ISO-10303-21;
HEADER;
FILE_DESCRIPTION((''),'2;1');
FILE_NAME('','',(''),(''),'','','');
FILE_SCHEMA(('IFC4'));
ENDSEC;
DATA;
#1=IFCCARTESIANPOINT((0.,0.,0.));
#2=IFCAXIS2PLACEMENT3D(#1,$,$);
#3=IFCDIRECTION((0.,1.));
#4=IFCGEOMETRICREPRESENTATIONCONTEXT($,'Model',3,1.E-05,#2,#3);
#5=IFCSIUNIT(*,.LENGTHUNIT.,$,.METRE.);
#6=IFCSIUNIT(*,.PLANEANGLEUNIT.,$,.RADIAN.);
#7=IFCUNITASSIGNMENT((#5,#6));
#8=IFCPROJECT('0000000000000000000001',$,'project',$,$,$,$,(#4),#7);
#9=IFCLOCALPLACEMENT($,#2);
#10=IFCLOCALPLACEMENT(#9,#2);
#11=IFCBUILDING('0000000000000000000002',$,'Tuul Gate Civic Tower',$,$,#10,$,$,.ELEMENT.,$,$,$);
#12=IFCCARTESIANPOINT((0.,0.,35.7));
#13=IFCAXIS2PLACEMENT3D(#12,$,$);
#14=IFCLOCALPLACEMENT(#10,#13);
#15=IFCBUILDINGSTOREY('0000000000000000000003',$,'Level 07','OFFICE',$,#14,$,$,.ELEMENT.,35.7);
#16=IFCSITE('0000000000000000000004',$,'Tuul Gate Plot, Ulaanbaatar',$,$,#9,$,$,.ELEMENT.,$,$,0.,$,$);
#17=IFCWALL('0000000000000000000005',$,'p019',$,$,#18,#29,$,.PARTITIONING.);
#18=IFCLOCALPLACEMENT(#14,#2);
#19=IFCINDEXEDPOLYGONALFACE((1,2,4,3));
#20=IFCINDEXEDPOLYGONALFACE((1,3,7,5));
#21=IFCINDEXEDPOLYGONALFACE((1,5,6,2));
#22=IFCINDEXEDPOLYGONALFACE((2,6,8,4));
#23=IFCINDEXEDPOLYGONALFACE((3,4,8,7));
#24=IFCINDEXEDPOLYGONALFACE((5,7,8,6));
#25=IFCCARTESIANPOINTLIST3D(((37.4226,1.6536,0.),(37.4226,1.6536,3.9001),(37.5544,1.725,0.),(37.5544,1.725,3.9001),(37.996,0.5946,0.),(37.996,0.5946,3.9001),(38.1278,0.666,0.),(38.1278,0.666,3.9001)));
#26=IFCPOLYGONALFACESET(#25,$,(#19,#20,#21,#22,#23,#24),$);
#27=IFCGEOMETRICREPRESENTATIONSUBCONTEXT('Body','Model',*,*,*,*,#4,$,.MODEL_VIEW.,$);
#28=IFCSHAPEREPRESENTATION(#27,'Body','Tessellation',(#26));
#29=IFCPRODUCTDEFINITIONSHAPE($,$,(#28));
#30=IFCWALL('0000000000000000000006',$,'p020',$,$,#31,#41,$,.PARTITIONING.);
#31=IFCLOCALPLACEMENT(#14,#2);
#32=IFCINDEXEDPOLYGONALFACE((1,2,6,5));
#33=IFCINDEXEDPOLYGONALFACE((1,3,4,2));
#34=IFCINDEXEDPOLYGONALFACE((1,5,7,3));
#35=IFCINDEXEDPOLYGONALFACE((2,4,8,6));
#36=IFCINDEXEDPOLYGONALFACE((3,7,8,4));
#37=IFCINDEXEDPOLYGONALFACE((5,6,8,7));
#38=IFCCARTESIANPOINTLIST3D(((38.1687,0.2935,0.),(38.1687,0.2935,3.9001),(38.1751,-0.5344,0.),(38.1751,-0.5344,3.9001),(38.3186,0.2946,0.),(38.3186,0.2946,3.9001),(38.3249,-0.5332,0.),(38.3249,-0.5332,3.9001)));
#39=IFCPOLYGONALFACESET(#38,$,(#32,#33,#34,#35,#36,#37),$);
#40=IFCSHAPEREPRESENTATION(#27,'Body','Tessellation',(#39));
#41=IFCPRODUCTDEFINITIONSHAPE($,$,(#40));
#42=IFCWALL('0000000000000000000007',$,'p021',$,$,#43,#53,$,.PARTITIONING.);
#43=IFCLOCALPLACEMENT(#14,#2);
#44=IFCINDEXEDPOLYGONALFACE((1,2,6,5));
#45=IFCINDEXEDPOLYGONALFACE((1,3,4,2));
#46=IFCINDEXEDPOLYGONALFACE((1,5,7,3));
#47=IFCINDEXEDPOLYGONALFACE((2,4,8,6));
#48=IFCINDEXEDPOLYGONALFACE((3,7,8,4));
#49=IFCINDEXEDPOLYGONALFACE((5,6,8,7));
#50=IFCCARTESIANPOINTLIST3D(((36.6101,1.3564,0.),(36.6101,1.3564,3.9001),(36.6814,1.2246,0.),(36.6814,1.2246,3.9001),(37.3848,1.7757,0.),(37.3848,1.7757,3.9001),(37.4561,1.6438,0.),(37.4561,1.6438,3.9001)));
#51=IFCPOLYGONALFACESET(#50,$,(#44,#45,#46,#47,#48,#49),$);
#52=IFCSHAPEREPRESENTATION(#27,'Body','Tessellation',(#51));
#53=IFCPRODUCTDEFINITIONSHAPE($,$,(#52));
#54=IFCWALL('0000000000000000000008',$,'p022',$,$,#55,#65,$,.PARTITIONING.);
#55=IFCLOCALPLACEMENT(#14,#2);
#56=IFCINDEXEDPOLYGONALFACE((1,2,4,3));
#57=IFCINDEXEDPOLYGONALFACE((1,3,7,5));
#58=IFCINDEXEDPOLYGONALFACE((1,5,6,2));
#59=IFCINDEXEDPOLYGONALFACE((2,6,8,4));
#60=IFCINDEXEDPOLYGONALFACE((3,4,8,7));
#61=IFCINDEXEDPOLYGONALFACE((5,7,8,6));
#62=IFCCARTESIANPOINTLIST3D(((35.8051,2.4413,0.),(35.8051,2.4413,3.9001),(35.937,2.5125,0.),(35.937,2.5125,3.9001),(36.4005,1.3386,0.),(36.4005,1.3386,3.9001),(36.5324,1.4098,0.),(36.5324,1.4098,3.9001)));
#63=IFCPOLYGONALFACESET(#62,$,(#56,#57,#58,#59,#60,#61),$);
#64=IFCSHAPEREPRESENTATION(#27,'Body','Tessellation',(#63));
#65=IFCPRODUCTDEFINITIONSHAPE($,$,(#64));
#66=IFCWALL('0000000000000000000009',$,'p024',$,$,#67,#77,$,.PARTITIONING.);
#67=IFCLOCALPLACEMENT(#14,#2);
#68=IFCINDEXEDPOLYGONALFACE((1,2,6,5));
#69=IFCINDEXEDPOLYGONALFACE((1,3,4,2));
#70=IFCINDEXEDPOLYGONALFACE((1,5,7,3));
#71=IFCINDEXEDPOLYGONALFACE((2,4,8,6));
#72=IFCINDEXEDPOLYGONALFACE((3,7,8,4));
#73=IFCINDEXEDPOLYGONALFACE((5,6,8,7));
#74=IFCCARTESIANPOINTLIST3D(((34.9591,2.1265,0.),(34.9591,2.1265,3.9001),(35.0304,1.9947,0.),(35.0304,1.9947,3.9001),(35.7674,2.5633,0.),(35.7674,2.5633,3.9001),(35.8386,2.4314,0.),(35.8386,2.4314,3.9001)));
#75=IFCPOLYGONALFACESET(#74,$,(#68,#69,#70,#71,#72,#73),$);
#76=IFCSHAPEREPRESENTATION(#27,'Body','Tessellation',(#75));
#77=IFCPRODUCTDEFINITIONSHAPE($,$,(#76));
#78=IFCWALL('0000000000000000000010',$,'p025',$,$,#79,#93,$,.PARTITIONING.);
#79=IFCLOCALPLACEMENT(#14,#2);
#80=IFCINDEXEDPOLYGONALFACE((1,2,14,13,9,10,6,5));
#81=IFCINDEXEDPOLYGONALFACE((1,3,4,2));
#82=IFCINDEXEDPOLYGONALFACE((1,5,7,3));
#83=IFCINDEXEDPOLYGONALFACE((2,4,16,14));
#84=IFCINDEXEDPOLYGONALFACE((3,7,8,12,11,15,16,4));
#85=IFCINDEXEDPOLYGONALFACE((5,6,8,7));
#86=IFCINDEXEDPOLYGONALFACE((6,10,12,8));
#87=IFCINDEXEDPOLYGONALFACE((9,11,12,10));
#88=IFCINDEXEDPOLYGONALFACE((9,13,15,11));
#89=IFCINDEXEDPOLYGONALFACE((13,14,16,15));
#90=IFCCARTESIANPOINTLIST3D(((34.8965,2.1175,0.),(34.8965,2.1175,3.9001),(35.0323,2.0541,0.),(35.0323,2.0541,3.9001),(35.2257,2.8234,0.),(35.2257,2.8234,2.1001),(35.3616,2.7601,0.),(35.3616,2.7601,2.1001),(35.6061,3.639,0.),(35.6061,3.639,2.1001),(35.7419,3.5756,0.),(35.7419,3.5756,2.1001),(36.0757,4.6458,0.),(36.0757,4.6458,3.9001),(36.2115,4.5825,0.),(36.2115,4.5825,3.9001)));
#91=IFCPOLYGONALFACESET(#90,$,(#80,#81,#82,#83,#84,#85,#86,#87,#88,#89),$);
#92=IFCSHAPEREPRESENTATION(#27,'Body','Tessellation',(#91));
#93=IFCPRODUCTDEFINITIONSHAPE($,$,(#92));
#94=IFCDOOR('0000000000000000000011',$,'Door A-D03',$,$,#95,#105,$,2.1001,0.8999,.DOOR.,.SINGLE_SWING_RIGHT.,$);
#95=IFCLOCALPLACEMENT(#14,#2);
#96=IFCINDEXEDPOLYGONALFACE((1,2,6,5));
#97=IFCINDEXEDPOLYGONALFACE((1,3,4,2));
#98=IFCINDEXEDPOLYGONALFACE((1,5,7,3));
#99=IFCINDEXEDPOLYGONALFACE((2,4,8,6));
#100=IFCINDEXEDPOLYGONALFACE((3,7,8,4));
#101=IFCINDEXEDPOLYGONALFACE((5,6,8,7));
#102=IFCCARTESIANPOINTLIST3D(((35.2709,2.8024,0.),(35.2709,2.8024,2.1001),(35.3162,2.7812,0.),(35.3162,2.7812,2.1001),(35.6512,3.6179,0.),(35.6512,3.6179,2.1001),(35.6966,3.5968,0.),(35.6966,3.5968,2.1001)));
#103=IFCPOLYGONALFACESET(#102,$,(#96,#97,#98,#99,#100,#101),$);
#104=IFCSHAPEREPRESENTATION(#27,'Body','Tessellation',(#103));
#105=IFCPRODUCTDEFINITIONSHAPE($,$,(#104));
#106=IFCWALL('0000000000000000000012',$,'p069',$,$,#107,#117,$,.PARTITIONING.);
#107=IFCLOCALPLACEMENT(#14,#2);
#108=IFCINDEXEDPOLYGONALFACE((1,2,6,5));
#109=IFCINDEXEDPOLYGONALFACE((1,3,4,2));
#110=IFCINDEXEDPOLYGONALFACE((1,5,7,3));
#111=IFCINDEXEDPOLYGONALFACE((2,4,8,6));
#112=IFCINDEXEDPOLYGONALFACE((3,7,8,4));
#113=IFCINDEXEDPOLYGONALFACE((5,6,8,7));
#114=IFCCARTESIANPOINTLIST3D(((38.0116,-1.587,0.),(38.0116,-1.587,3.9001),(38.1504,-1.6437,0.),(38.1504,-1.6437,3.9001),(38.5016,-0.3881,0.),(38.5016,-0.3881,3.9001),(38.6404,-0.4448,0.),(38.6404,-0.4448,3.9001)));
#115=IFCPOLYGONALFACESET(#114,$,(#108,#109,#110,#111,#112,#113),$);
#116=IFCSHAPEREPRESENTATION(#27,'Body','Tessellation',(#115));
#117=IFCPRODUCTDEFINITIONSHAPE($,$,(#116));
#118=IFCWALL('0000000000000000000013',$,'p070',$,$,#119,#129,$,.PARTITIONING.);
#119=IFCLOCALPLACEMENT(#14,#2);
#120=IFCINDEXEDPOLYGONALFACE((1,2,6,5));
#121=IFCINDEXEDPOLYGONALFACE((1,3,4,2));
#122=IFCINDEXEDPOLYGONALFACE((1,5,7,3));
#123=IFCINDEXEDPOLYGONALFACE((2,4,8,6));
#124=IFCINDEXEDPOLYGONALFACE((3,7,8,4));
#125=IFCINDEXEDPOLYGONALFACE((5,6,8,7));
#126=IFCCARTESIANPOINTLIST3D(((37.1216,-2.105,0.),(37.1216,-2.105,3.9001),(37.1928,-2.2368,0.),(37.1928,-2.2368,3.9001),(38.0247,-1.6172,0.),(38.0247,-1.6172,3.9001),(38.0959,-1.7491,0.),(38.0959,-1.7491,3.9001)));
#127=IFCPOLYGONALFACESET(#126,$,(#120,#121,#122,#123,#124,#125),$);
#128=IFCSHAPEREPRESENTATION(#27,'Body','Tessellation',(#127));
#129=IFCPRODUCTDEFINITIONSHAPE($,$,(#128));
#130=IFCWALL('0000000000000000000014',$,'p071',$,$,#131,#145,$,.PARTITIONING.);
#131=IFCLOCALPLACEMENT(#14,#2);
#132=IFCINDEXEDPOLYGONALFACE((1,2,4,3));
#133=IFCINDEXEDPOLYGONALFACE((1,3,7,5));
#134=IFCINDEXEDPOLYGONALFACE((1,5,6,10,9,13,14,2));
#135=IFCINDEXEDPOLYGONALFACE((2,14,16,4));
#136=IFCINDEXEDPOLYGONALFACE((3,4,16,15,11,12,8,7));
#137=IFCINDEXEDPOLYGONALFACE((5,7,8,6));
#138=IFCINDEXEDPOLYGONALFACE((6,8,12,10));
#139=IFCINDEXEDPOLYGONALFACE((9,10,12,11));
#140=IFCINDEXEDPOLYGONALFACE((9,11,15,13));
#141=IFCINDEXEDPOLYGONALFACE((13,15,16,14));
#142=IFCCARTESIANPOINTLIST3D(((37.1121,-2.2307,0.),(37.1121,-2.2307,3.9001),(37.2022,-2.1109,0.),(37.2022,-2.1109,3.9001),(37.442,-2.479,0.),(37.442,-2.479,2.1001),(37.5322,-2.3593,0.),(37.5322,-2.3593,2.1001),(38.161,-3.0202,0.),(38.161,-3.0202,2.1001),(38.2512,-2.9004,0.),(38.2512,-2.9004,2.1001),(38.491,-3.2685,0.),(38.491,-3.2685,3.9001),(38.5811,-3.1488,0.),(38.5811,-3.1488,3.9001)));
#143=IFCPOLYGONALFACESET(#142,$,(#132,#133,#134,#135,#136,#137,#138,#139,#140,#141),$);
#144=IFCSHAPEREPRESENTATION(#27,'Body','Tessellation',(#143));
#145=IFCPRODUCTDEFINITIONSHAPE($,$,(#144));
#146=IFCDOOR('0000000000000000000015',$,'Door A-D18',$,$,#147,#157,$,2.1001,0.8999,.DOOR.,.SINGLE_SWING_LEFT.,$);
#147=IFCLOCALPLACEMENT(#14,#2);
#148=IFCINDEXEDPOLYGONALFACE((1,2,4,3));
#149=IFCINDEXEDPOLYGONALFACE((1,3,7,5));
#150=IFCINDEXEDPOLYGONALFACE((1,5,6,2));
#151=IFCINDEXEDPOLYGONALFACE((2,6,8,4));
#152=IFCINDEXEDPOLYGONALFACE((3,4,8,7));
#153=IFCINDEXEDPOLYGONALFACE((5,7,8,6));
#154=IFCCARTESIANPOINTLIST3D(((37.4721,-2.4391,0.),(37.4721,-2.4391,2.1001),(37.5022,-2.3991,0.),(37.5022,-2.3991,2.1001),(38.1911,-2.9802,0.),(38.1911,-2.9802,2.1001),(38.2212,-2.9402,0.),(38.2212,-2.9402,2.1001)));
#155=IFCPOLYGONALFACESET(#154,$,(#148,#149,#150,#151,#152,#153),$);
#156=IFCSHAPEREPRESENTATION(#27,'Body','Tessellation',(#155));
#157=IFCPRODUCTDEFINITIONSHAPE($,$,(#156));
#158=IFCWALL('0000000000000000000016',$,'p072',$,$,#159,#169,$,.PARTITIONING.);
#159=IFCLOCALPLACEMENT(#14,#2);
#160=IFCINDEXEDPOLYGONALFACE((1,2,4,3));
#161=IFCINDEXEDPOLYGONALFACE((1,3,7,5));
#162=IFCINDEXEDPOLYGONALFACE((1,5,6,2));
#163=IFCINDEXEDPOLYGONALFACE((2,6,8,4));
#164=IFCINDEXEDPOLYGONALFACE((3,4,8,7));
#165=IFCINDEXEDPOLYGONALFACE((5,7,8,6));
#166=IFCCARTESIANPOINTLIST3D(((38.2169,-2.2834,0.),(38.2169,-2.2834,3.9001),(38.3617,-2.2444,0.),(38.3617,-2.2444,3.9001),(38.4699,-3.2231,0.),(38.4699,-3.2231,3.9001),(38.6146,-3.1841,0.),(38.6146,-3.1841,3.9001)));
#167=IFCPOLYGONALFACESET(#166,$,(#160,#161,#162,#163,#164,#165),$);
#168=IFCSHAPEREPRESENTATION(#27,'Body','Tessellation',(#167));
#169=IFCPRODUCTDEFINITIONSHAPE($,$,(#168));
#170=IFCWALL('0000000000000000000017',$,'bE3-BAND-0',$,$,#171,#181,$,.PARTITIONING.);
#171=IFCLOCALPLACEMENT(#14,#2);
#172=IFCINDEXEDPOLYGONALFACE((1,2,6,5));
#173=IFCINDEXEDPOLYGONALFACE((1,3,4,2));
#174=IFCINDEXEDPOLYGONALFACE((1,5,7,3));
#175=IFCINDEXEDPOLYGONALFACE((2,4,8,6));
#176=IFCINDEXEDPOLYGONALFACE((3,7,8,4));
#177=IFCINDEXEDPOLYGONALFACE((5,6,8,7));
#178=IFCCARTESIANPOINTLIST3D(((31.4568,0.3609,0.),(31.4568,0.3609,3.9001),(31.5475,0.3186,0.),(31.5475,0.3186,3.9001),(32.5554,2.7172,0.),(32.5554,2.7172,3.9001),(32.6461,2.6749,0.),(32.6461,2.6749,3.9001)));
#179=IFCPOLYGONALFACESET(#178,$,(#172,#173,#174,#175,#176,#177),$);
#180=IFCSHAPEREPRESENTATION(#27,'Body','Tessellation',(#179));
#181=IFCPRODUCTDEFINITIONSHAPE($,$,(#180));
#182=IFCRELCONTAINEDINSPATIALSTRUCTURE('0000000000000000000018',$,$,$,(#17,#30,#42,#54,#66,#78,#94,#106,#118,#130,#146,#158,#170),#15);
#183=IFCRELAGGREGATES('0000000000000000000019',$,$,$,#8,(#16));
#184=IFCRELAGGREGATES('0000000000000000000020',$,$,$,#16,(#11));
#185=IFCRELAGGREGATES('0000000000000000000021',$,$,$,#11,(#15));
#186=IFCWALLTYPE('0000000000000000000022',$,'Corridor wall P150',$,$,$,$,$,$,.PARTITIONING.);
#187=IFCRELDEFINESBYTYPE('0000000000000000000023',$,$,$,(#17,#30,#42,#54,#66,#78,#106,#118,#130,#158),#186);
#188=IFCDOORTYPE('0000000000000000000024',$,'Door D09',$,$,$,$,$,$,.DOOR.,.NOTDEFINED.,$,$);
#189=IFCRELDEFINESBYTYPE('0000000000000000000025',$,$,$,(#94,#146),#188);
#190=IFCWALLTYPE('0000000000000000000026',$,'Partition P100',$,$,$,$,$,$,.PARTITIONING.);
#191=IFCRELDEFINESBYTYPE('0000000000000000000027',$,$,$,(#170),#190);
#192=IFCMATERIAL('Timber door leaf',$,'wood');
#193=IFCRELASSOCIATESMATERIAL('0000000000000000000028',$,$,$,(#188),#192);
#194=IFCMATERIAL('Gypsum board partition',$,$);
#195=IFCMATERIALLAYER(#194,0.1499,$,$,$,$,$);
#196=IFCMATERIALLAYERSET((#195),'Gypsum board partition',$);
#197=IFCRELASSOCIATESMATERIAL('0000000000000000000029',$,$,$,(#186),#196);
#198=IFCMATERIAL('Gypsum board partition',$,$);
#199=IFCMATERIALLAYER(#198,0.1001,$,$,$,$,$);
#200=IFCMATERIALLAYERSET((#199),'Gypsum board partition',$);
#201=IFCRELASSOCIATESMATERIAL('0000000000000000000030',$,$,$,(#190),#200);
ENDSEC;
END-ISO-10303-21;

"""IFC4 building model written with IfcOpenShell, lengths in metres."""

from ifc_helpers import new_model, si_unit, direction, frame, frame_2d, origin, place, context, subcontext, project, spatial, rectangle, extrude, material, layer, layer_set, type_object, element, fill, save


model = new_model("IFC4")

# Units and contexts
model_context = context("Model", 3, precision=1e-05, world=origin(), true_north=direction((0.0, 1.0)))
body_context = subcontext(model_context, "Body", "Model", "MODEL_VIEW")
ifc_project = project(units=[si_unit("LENGTHUNIT", "METRE"), si_unit("PLANEANGLEUNIT", "RADIAN")], contexts=[model_context])

# Site, building, storey
site_placement = place(None, origin())
site = spatial("IfcSite", under=ifc_project, at=site_placement, Name="Tuul Gate Plot, Ulaanbaatar", CompositionType="ELEMENT", RefElevation=0.0)
building_placement = place(site_placement, origin())
building = spatial("IfcBuilding", under=site, at=building_placement, Name="Tuul Gate Civic Tower", CompositionType="ELEMENT")
storey_placement = place(building_placement, frame((0.0, 0.0, 35.7)))
storey = spatial("IfcBuildingStorey", under=building, at=storey_placement, Name="Level 07", Description="OFFICE", CompositionType="ELEMENT", Elevation=35.7)

# Shared definitions
ifc_material_1 = material(Name="Timber door leaf", Category="wood")
door_type_1 = type_object("IfcDoorType", Name="Door D09", OperationType="NOTDEFINED", PredefinedType="DOOR", material=ifc_material_1)

# Walls
ifc_material_2 = material(Name="Gypsum board partition")
ifc_layer_1 = layer(ifc_material_2, 0.1499)
ifc_layer_set_1 = layer_set([ifc_layer_1], Name="Gypsum board partition")
wall_type_1 = type_object("IfcWallType", Name="Corridor wall P150", PredefinedType="PARTITIONING", material=ifc_layer_set_1)
wall_1_placement = place(storey_placement, frame((37.4885, 1.6892, 0.0), z_axis=(0.0, 0.0, 1.0), x_axis=(0.476166, -0.879356, 0.0)))
element("IfcWall", 1, at=wall_1_placement, inside=storey, type_object=wall_type_1, Name="p019", PredefinedType="PARTITIONING", context=body_context, shape_type="SweptSolid", body=[
    extrude(rectangle(XDim=1.2043, YDim=0.1499, at=frame_2d((0.6021, 0.0))), origin(), (0.0, 0.0, 1.0), 3.9001),
])
wall_2_placement = place(storey_placement, frame((38.2437, 0.2942, 0.0), z_axis=(0.0, 0.0, 1.0), x_axis=(0.007667, -0.999971, 0.0)))
element("IfcWall", 2, at=wall_2_placement, inside=storey, type_object=wall_type_1, Name="p020", PredefinedType="PARTITIONING", context=body_context, shape_type="SweptSolid", body=[
    extrude(rectangle(XDim=0.8279, YDim=0.1499, at=frame_2d((0.4141, 0.0))), origin(), (0.0, 0.0, 1.0), 3.9001),
])
wall_3_placement = place(storey_placement, frame((36.6458, 1.2905, 0.0), z_axis=(0.0, 0.0, 1.0), x_axis=(0.87949, 0.475917, 0.0)))
element("IfcWall", 3, at=wall_3_placement, inside=storey, type_object=wall_type_1, Name="p021", PredefinedType="PARTITIONING", context=body_context, shape_type="SweptSolid", body=[
    extrude(rectangle(XDim=0.8809, YDim=0.1499, at=frame_2d((0.4404, 0.0))), origin(), (0.0, 0.0, 1.0), 3.9001),
])
wall_4_placement = place(storey_placement, frame((35.8711, 2.4768, 0.0), z_axis=(0.0, 0.0, 1.0), x_axis=(0.475122, -0.87992, 0.0)))
element("IfcWall", 4, at=wall_4_placement, inside=storey, type_object=wall_type_1, Name="p022", PredefinedType="PARTITIONING", context=body_context, shape_type="SweptSolid", body=[
    extrude(rectangle(XDim=1.2532, YDim=0.1499, at=frame_2d((0.6265, 0.0))), origin(), (0.0, 0.0, 1.0), 3.9001),
])
wall_5_placement = place(storey_placement, frame((34.9946, 2.0605, 0.0), z_axis=(0.0, 0.0, 1.0), x_axis=(0.879788, 0.475367, 0.0)))
element("IfcWall", 5, at=wall_5_placement, inside=storey, type_object=wall_type_1, Name="p024", PredefinedType="PARTITIONING", context=body_context, shape_type="SweptSolid", body=[
    extrude(rectangle(XDim=0.9187, YDim=0.1499, at=frame_2d((0.4595, 0.0))), origin(), (0.0, 0.0, 1.0), 3.9001),
])

# Wall, opening, door
wall_6_placement = place(storey_placement, frame((34.9644, 2.0857, 0.0), z_axis=(0.0, 0.0, 1.0), x_axis=(0.422684, 0.906277, 0.0)))
wall_6 = element("IfcWall", 6, at=wall_6_placement, inside=storey, type_object=wall_type_1, Name="p025", PredefinedType="PARTITIONING", context=body_context, shape_type="SweptSolid", body=[
    extrude(rectangle(XDim=2.7898, YDim=0.1499, at=frame_2d((1.395, 0.0))), origin(), (0.0, 0.0, 1.0), 3.9001),
])
opening_1_placement = place(wall_6_placement, frame((0.7791, 0.0, 0.0)))
opening_1 = element("IfcOpeningElement", 7, at=opening_1_placement, cuts=wall_6, PredefinedType="OPENING", context=body_context, shape_type="SweptSolid", body=[
    extrude(rectangle(XDim=0.8999, YDim=2.1001, at=frame_2d((0.45, 1.05))), frame((0.0, 0.085, 0.0), z_axis=(0.0, -1.0, 0.0), x_axis=(1.0, 0.0, 0.0)), (0.0, 0.0, 1.0), 0.1699),
])
door_1_placement = place(opening_1_placement, frame((0.8999, 0.0, 0.0), z_axis=(0.0, 0.0, 1.0), x_axis=(-1.0, 0.0, 0.0)))
door_1 = element("IfcDoor", 8, at=door_1_placement, inside=storey, type_object=door_type_1, Name="Door A-D03", OperationType="SINGLE_SWING_RIGHT", OverallHeight=2.1001, OverallWidth=0.8999, PredefinedType="DOOR", context=body_context, shape_type="SweptSolid", body=[
    extrude(rectangle(XDim=0.8999, YDim=2.1001, at=frame_2d((0.45, 1.05))), frame((0.0, 0.0249, 0.0), z_axis=(0.0, -1.0, 0.0), x_axis=(1.0, 0.0, 0.0)), (0.0, 0.0, 1.0), 0.05),
])
fill(opening_1, door_1)

# Walls
wall_7_placement = place(storey_placement, frame((38.0811, -1.6152, 0.0), z_axis=(0.0, 0.0, 1.0), x_axis=(0.378303, 0.925682, 0.0)))
element("IfcWall", 9, at=wall_7_placement, inside=storey, type_object=wall_type_1, Name="p069", PredefinedType="PARTITIONING", context=body_context, shape_type="SweptSolid", body=[
    extrude(rectangle(XDim=1.2952, YDim=0.1499, at=frame_2d((0.6475, 0.0))), origin(), (0.0, 0.0, 1.0), 3.9001),
])
wall_8_placement = place(storey_placement, frame((37.1572, -2.1709, 0.0), z_axis=(0.0, 0.0, 1.0), x_axis=(0.879852, 0.475248, 0.0)))
element("IfcWall", 10, at=wall_8_placement, inside=storey, type_object=wall_type_1, Name="p070", PredefinedType="PARTITIONING", context=body_context, shape_type="SweptSolid", body=[
    extrude(rectangle(XDim=1.0264, YDim=0.1499, at=frame_2d((0.5132, 0.0))), origin(), (0.0, 0.0, 1.0), 3.9001),
])

# Wall, opening, door
wall_9_placement = place(storey_placement, frame((37.1572, -2.1709, 0.0), z_axis=(0.0, 0.0, 1.0), x_axis=(0.79898, -0.601357, 0.0)))
wall_9 = element("IfcWall", 11, at=wall_9_placement, inside=storey, type_object=wall_type_1, Name="p071", PredefinedType="PARTITIONING", context=body_context, shape_type="SweptSolid", body=[
    extrude(rectangle(XDim=1.7258, YDim=0.1499, at=frame_2d((0.8628, 0.0))), origin(), (0.0, 0.0, 1.0), 3.9001),
])
opening_2_placement = place(wall_9_placement, frame((0.4128, 0.0, 0.0)))
opening_2 = element("IfcOpeningElement", 12, at=opening_2_placement, cuts=wall_9, PredefinedType="OPENING", context=body_context, shape_type="SweptSolid", body=[
    extrude(rectangle(XDim=0.8999, YDim=2.1001, at=frame_2d((0.45, 1.05))), frame((0.0, 0.085, 0.0), z_axis=(0.0, -1.0, 0.0), x_axis=(1.0, 0.0, 0.0)), (0.0, 0.0, 1.0), 0.1699),
])
door_2_placement = place(opening_2_placement, frame((0.8999, 0.0, 0.0), z_axis=(0.0, 0.0, 1.0), x_axis=(-1.0, 0.0, 0.0)))
door_2 = element("IfcDoor", 13, at=door_2_placement, inside=storey, type_object=door_type_1, Name="Door A-D18", OperationType="SINGLE_SWING_LEFT", OverallHeight=2.1001, OverallWidth=0.8999, PredefinedType="DOOR", context=body_context, shape_type="SweptSolid", body=[
    extrude(rectangle(XDim=0.8999, YDim=2.1001, at=frame_2d((0.45, 1.05))), frame((0.0, 0.0249, 0.0), z_axis=(0.0, -1.0, 0.0), x_axis=(1.0, 0.0, 0.0)), (0.0, 0.0, 1.0), 0.05),
])
fill(opening_2, door_2)

# Walls
wall_10_placement = place(storey_placement, frame((38.2893, -2.2639, 0.0), z_axis=(0.0, 0.0, 1.0), x_axis=(0.25991, -0.965633, 0.0)))
element("IfcWall", 14, at=wall_10_placement, inside=storey, type_object=wall_type_1, Name="p072", PredefinedType="PARTITIONING", context=body_context, shape_type="SweptSolid", body=[
    extrude(rectangle(XDim=0.9731, YDim=0.1499, at=frame_2d((0.4866, 0.0))), origin(), (0.0, 0.0, 1.0), 3.9001),
])
ifc_material_3 = material(Name="Gypsum board partition")
ifc_layer_2 = layer(ifc_material_3, 0.1001)
ifc_layer_set_2 = layer_set([ifc_layer_2], Name="Gypsum board partition")
wall_type_2 = type_object("IfcWallType", Name="Partition P100", PredefinedType="PARTITIONING", material=ifc_layer_set_2)
wall_11_placement = place(storey_placement, frame((31.5022, 0.3398, 0.0), z_axis=(0.0, 0.0, 1.0), x_axis=(0.422556, 0.906337, 0.0)))
element("IfcWall", 15, at=wall_11_placement, inside=storey, type_object=wall_type_2, Name="bE3-BAND-0", PredefinedType="PARTITIONING", context=body_context, shape_type="SweptSolid", body=[
    extrude(rectangle(XDim=2.5999, YDim=0.1001, at=frame_2d((1.2998, 0.0))), origin(), (0.0, 0.0, 1.0), 3.9001),
])

save(model, "model.ifc")
